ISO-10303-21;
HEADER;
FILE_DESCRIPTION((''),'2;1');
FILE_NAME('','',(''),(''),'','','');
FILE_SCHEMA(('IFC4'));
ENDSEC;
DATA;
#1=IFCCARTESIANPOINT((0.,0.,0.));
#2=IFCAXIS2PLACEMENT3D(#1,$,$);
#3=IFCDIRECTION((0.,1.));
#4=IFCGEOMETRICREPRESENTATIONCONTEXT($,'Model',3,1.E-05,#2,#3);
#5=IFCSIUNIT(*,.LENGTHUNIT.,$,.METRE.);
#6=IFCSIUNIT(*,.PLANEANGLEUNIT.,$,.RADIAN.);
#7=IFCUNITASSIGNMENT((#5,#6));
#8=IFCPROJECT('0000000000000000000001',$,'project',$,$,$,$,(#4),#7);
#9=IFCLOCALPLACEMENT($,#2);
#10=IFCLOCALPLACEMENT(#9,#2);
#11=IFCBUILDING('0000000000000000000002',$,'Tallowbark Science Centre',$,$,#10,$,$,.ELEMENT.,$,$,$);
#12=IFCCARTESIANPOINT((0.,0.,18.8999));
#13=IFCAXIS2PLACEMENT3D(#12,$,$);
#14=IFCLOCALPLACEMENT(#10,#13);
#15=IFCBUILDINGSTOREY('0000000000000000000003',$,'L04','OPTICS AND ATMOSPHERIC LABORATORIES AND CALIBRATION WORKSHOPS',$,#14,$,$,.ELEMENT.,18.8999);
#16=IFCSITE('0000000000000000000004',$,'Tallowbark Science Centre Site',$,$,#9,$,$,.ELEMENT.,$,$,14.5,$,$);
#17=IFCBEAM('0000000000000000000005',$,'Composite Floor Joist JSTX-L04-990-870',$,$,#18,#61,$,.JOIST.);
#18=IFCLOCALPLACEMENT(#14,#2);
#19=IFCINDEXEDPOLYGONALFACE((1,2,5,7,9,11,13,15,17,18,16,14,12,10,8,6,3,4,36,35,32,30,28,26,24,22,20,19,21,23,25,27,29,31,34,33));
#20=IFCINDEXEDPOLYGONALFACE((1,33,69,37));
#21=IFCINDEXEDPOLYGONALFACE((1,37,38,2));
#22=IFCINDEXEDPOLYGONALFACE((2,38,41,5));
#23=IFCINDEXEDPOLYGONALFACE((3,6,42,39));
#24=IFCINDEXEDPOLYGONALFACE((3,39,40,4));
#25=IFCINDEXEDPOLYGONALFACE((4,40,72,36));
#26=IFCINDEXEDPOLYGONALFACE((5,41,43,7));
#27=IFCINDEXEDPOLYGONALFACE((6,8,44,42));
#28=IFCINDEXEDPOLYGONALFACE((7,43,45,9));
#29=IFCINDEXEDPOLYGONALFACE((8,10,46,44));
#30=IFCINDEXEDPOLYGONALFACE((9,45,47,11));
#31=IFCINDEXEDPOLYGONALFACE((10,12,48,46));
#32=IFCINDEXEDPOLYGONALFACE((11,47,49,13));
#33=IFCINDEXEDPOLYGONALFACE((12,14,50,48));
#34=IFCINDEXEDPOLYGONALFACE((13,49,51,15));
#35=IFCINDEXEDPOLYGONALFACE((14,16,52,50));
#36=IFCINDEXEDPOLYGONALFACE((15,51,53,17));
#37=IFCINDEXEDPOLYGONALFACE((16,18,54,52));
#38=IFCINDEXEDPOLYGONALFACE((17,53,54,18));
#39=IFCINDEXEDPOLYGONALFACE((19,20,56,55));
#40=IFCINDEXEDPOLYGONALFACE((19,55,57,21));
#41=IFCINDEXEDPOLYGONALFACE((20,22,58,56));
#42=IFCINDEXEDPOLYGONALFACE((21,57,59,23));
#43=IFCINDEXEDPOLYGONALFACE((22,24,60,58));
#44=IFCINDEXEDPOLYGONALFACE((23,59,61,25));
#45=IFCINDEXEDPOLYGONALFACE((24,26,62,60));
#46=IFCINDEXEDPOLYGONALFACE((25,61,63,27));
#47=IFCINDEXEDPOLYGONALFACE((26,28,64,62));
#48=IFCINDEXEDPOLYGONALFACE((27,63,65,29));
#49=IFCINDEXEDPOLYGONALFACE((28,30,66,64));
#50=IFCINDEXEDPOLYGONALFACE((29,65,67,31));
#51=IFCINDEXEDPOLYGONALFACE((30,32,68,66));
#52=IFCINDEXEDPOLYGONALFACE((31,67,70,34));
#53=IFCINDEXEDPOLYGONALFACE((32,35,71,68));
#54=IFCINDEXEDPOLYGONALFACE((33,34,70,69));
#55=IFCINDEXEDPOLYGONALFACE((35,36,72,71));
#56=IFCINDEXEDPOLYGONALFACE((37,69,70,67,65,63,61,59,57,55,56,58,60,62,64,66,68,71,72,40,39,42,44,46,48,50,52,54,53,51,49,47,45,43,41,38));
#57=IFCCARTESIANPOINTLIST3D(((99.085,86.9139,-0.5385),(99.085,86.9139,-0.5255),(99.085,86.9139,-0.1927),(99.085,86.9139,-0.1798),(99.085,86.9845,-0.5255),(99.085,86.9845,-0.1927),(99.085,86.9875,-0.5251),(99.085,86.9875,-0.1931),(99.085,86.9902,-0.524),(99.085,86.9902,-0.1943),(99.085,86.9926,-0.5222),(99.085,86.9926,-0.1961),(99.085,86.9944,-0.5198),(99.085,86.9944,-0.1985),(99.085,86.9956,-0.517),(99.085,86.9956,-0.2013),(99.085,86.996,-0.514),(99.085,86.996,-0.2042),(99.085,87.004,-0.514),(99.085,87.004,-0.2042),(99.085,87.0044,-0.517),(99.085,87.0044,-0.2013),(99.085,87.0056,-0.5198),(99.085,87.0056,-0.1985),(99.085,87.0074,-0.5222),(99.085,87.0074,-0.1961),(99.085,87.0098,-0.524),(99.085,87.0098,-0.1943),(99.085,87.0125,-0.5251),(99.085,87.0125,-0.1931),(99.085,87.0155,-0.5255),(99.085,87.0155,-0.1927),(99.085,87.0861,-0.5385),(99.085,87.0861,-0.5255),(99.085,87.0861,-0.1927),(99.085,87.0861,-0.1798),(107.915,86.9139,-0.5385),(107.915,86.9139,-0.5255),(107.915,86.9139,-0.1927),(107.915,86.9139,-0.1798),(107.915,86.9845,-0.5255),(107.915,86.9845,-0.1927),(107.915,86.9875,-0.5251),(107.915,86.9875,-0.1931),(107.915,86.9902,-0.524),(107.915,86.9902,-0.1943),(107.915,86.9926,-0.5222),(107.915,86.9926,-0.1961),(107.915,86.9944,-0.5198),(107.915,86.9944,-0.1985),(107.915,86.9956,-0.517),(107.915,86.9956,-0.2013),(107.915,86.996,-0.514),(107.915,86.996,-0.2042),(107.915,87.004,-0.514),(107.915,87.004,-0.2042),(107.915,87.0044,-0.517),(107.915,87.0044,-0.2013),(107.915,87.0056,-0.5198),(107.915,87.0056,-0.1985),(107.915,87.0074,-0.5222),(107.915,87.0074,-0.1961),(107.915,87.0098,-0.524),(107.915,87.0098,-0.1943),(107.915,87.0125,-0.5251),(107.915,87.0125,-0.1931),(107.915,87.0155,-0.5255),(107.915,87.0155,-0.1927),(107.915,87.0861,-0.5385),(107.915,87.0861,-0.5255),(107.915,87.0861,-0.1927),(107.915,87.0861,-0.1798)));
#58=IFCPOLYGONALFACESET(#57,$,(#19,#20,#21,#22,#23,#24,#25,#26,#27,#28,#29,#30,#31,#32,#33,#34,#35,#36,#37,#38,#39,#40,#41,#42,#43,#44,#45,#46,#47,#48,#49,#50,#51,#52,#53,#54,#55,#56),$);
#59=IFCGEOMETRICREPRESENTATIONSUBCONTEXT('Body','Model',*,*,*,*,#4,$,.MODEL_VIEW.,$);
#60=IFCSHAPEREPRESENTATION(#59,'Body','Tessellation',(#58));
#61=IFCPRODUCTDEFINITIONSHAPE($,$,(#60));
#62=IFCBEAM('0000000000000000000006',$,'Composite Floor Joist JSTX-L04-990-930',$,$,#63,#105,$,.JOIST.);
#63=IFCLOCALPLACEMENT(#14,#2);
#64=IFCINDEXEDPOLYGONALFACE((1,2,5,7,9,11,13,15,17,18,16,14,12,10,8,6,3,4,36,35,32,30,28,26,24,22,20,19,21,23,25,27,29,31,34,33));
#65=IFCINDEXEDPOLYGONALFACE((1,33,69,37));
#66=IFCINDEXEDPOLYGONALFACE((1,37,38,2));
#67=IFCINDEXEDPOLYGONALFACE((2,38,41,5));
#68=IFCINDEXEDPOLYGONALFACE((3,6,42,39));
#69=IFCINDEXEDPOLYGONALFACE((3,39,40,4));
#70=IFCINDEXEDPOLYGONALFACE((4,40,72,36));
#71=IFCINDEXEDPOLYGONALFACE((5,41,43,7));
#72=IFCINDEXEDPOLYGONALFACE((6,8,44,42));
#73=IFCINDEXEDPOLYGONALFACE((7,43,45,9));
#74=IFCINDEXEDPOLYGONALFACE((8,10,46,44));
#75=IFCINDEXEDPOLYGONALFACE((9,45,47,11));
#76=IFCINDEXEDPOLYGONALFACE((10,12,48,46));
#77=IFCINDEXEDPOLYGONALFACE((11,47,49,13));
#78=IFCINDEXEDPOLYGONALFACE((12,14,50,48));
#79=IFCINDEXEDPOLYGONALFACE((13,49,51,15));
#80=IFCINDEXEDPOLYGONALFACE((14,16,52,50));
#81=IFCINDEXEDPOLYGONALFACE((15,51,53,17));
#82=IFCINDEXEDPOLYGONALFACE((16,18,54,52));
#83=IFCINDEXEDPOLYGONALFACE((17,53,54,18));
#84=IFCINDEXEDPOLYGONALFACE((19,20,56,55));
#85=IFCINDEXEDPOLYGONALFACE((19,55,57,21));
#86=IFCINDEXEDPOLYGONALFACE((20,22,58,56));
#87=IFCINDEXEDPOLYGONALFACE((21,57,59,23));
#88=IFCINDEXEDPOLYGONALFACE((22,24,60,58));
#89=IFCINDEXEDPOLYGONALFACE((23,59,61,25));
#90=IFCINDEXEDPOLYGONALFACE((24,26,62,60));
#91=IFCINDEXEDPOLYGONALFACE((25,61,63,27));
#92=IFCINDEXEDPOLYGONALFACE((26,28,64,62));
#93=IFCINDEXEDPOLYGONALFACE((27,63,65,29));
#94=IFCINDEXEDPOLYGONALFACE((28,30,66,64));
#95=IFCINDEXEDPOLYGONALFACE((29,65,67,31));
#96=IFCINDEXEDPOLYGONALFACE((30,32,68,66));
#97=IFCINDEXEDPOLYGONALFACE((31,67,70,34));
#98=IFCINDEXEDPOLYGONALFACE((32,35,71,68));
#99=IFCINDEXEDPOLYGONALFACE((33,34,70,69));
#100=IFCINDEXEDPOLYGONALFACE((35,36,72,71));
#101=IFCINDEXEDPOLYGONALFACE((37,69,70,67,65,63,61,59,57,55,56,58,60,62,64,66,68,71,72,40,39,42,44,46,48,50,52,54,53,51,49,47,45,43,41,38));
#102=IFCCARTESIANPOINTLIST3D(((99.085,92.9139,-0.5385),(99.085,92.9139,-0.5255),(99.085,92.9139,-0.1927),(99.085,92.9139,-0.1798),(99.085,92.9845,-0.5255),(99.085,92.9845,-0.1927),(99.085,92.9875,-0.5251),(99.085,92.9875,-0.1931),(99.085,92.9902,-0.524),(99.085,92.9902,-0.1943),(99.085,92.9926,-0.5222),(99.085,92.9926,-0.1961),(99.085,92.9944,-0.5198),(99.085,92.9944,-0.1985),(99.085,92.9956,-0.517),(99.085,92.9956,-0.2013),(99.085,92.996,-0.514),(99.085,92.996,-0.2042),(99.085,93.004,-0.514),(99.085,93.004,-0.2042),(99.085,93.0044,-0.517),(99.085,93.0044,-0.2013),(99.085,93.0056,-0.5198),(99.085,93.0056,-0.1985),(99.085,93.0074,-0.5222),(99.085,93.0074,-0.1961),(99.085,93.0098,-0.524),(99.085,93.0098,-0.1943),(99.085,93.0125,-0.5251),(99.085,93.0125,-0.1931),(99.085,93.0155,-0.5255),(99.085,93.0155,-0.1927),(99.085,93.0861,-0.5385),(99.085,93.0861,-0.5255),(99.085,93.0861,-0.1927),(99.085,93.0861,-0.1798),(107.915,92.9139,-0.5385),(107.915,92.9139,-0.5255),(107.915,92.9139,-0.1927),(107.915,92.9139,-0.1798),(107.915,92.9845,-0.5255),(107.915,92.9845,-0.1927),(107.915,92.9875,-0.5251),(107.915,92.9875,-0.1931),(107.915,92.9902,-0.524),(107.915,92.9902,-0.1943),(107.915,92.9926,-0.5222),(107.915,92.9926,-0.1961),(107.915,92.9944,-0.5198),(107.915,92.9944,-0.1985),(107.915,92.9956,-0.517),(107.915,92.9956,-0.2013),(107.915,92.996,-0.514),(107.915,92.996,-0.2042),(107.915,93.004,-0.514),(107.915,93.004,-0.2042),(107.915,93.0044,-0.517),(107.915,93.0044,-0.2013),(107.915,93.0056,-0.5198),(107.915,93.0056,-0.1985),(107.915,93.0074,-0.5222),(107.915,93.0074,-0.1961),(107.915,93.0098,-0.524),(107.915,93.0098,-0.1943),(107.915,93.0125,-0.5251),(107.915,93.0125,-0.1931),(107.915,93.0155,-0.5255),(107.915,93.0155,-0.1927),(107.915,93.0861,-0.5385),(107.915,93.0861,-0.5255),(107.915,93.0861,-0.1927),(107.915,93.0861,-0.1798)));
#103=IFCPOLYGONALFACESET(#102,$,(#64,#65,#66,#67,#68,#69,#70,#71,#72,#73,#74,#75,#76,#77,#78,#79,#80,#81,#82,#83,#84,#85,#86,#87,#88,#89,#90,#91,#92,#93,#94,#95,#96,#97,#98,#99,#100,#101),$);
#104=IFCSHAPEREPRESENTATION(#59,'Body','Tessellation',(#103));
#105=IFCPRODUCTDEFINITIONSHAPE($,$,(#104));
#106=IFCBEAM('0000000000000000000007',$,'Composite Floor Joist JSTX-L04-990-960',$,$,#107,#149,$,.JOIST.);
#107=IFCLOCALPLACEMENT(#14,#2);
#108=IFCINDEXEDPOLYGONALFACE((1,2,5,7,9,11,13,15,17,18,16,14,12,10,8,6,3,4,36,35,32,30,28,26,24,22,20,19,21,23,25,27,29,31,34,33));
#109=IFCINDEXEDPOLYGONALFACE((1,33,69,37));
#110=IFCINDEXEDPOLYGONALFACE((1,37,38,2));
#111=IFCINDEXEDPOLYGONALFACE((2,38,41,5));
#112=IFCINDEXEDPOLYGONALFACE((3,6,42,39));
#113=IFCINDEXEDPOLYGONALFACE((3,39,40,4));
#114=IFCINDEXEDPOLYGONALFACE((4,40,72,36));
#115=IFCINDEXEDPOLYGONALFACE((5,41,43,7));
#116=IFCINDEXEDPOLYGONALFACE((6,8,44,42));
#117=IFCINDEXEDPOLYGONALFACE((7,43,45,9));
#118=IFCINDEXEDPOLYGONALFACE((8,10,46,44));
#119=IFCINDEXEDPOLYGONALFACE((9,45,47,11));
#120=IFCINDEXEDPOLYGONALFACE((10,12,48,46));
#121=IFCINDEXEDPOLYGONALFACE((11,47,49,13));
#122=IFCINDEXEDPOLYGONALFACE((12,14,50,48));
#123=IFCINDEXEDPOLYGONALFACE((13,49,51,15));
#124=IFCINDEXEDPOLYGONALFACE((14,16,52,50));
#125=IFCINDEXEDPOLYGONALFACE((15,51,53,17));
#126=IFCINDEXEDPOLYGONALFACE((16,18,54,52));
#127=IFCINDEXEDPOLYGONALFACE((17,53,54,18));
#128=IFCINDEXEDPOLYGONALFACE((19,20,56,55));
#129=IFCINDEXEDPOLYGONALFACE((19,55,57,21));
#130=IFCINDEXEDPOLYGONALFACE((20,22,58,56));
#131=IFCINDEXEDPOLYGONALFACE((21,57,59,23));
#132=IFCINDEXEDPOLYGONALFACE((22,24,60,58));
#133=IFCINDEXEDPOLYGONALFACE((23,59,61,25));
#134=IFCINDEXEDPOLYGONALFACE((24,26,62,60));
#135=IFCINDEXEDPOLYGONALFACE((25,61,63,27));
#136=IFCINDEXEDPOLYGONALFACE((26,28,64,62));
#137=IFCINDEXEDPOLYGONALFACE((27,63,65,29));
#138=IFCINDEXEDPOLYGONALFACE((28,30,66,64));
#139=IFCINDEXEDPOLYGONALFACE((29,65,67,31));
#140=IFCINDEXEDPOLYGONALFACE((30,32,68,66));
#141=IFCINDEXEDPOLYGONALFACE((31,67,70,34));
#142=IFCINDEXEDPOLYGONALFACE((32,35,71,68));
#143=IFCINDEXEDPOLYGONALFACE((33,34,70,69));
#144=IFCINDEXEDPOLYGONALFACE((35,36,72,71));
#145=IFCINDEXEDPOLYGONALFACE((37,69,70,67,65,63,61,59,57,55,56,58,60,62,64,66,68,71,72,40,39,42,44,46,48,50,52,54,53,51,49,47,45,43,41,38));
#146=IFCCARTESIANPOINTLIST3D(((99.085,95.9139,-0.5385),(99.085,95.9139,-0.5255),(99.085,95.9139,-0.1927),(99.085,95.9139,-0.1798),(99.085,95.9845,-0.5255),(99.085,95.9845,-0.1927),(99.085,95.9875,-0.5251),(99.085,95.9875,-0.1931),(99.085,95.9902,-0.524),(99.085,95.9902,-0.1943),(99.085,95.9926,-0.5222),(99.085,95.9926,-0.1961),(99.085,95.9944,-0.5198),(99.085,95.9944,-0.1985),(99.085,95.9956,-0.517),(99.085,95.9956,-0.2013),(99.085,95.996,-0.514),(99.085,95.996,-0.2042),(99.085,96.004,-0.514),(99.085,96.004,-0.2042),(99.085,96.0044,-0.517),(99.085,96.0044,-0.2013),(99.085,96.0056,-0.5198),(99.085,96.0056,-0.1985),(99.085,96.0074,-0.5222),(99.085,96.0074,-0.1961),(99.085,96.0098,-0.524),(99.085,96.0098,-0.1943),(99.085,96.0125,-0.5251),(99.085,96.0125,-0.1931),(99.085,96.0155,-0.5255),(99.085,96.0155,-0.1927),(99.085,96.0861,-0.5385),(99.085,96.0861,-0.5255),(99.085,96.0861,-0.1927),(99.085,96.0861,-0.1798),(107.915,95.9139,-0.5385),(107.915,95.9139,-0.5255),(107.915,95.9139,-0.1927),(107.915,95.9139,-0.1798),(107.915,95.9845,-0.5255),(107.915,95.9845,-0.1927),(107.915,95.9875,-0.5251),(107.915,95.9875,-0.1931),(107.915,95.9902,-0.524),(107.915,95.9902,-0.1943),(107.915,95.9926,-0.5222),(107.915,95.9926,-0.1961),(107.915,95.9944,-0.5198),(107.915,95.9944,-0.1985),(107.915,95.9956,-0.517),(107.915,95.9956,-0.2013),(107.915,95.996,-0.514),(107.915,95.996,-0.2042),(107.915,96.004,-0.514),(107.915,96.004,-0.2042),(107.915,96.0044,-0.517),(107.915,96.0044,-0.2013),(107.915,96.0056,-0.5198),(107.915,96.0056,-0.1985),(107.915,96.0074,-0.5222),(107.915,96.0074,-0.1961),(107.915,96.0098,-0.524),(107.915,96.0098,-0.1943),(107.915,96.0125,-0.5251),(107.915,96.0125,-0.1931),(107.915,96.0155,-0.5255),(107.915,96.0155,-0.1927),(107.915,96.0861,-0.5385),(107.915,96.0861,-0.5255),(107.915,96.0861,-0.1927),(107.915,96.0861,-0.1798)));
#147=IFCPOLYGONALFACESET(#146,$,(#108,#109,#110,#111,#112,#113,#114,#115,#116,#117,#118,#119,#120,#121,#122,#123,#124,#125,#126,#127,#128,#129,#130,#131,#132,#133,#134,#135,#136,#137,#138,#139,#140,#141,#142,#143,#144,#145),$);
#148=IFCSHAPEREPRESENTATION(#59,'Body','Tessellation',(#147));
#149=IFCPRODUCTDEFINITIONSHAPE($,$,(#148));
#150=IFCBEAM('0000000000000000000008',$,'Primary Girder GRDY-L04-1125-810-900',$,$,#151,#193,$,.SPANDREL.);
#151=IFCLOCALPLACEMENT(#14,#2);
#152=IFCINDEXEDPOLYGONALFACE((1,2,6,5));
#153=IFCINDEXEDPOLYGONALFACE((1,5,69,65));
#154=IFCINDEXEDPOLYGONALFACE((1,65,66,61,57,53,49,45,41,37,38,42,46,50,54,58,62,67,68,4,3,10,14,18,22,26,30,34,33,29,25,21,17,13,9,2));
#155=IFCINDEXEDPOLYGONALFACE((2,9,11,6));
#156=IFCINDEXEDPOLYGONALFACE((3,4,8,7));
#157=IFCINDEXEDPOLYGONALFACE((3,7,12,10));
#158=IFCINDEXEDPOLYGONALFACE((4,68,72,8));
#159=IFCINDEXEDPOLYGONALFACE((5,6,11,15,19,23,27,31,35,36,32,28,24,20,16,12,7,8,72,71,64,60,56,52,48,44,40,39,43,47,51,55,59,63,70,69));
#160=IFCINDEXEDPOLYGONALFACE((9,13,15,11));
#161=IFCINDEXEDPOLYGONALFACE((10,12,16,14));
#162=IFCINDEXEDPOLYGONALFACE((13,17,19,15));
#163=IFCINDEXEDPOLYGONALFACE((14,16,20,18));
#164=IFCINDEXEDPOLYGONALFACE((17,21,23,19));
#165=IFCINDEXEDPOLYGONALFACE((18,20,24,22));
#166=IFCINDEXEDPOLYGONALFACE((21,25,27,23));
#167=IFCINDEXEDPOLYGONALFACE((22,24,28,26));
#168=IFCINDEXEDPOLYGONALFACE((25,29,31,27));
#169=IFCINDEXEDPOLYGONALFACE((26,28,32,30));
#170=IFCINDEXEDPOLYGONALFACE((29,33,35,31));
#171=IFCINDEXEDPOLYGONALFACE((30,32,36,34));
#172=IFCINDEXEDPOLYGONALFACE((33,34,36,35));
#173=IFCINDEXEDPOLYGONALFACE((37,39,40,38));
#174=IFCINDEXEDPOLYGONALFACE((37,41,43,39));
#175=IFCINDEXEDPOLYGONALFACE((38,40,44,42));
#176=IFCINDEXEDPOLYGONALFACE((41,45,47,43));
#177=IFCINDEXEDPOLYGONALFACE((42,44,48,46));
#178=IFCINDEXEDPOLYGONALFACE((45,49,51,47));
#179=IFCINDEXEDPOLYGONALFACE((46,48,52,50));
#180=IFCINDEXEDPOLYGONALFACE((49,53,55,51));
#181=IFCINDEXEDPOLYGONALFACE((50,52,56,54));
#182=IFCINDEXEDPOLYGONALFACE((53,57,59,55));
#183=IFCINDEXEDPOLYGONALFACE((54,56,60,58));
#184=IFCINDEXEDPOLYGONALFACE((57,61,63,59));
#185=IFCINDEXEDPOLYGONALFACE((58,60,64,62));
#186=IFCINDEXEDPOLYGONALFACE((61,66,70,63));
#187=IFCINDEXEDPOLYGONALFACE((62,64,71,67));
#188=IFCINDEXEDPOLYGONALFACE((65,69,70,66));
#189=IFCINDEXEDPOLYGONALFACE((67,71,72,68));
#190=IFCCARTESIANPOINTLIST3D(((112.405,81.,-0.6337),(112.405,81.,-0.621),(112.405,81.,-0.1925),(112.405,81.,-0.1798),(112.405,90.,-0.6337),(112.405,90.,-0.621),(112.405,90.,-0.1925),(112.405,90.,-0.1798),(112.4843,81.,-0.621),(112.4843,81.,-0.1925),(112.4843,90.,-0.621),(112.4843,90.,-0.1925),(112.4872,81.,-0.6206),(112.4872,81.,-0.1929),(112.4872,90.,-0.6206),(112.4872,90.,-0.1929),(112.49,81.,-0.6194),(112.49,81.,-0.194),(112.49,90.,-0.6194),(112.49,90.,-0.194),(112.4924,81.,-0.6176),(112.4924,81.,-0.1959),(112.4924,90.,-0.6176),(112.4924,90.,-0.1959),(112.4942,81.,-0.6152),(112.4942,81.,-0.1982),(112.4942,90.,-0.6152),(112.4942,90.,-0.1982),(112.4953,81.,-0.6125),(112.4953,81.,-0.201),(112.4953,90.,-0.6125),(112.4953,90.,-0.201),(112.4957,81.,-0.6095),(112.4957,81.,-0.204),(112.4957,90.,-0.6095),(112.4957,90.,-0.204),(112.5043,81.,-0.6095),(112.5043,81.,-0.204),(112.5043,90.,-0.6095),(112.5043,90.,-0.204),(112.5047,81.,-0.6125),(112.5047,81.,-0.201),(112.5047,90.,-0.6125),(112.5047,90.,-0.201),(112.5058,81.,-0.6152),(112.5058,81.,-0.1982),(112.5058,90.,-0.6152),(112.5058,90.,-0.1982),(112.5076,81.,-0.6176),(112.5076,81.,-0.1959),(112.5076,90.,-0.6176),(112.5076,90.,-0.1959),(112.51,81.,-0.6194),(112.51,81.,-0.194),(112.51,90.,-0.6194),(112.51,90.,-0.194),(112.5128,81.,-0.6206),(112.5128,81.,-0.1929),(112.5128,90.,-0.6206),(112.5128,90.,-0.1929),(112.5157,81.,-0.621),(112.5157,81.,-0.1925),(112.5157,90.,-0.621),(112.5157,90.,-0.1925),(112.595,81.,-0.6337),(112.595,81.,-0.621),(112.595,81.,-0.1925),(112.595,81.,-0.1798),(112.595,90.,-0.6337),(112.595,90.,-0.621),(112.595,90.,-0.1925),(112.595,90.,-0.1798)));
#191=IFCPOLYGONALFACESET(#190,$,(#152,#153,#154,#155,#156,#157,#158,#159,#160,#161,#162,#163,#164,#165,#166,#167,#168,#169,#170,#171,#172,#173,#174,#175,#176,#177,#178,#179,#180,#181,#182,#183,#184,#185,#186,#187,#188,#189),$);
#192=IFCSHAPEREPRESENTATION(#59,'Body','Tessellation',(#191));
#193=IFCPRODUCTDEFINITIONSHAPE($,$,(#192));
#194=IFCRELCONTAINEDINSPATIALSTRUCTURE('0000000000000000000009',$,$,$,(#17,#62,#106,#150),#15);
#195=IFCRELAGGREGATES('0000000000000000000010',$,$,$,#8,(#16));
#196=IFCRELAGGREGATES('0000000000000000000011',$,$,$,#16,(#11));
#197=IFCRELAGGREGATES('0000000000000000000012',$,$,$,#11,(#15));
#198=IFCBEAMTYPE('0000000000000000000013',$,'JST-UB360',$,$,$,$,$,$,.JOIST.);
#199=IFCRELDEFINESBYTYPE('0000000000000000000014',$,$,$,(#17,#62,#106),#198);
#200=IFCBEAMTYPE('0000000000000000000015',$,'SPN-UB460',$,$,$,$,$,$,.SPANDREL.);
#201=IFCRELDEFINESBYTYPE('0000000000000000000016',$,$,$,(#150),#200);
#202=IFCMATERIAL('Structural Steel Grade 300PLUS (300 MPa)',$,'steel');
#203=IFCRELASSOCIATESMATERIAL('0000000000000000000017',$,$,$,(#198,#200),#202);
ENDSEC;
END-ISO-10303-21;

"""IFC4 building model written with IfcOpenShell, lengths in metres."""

from ifc_helpers import new_model, si_unit, direction, frame, origin, origin_2d, place, context, subcontext, project, spatial, i_section, extrude, material, material_profile, profile_set, type_object, element, save


model = new_model("IFC4")

# Units and contexts
model_context = context("Model", 3, precision=1e-05, world=origin(), true_north=direction((0.0, 1.0)))
body_context = subcontext(model_context, "Body", "Model", "MODEL_VIEW")
ifc_project = project(units=[si_unit("LENGTHUNIT", "METRE"), si_unit("PLANEANGLEUNIT", "RADIAN")], contexts=[model_context])

# Site, building, storey
site_placement = place(None, origin())
site = spatial("IfcSite", under=ifc_project, at=site_placement, Name="Tallowbark Science Centre Site", CompositionType="ELEMENT", RefElevation=14.5)
building_placement = place(site_placement, origin())
building = spatial("IfcBuilding", under=site, at=building_placement, Name="Tallowbark Science Centre", CompositionType="ELEMENT")
storey_placement = place(building_placement, frame((0.0, 0.0, 18.8999)))
storey = spatial("IfcBuildingStorey", under=building, at=storey_placement, Name="L04", Description="OPTICS AND ATMOSPHERIC LABORATORIES AND CALIBRATION WORKSHOPS", CompositionType="ELEMENT", Elevation=18.8999)

# Beams
ifc_material_1 = material(Name="Structural Steel Grade 300PLUS (300 MPa)", Category="steel")
ifc_material_profile_1 = material_profile(ifc_material_1, i_section(OverallWidth=0.1721, OverallDepth=0.3586, WebThickness=0.0081, FlangeThickness=0.0129, FilletRadius=0.0115, at=origin_2d()), Name="360UB56.7")
ifc_profile_set_1 = profile_set([ifc_material_profile_1], Name="Structural Steel Grade 300PLUS (300 MPa)")
beam_type_1 = type_object("IfcBeamType", Name="JST-UB360", PredefinedType="JOIST", material=ifc_profile_set_1)
for number, where, z_axis, x_axis, name in (
    (1, (99.085, 87.0, -0.3591), (1.0, 0.0, 0.0), (0.0, 1.0, 0.0), "Composite Floor Joist JSTX-L04-990-870"),
    (2, (99.085, 93.0, -0.3591), (1.0, 0.0, 0.0), (0.0, 1.0, 0.0), "Composite Floor Joist JSTX-L04-990-930"),
    (3, (99.085, 96.0, -0.3591), (1.0, 0.0, 0.0), (0.0, 1.0, 0.0), "Composite Floor Joist JSTX-L04-990-960"),
):
    element("IfcBeam", number, at=place(storey_placement, frame(where, z_axis=z_axis, x_axis=x_axis)), inside=storey, type_object=beam_type_1, Name=name, PredefinedType="JOIST", context=body_context, shape_type="SweptSolid", body=[
        extrude(i_section(OverallWidth=0.1721, OverallDepth=0.3586, WebThickness=0.0081, FlangeThickness=0.0129, FilletRadius=0.0115, at=origin_2d()), origin(), (0.0, 0.0, 1.0), 8.8301),
    ])
ifc_material_profile_2 = material_profile(ifc_material_1, i_section(OverallWidth=0.1899, OverallDepth=0.4539, WebThickness=0.0085, FlangeThickness=0.0127, FilletRadius=0.0115, at=origin_2d()), Name="460UB67.1")
ifc_profile_set_2 = profile_set([ifc_material_profile_2], Name="Structural Steel Grade 300PLUS (300 MPa)")
beam_type_2 = type_object("IfcBeamType", Name="SPN-UB460", PredefinedType="SPANDREL", material=ifc_profile_set_2)
for number, where, z_axis, x_axis, name in (
    (4, (112.5, 81.0, -0.4067), (0.0, 1.0, 0.0), (-1.0, 0.0, 0.0), "Primary Girder GRDY-L04-1125-810-900"),
):
    element("IfcBeam", number, at=place(storey_placement, frame(where, z_axis=z_axis, x_axis=x_axis)), inside=storey, type_object=beam_type_2, Name=name, PredefinedType="SPANDREL", context=body_context, shape_type="SweptSolid", body=[
        extrude(i_section(OverallWidth=0.1899, OverallDepth=0.4539, WebThickness=0.0085, FlangeThickness=0.0127, FilletRadius=0.0115, at=origin_2d()), origin(), (0.0, 0.0, 1.0), 9.0),
    ])

save(model, "model.ifc")
